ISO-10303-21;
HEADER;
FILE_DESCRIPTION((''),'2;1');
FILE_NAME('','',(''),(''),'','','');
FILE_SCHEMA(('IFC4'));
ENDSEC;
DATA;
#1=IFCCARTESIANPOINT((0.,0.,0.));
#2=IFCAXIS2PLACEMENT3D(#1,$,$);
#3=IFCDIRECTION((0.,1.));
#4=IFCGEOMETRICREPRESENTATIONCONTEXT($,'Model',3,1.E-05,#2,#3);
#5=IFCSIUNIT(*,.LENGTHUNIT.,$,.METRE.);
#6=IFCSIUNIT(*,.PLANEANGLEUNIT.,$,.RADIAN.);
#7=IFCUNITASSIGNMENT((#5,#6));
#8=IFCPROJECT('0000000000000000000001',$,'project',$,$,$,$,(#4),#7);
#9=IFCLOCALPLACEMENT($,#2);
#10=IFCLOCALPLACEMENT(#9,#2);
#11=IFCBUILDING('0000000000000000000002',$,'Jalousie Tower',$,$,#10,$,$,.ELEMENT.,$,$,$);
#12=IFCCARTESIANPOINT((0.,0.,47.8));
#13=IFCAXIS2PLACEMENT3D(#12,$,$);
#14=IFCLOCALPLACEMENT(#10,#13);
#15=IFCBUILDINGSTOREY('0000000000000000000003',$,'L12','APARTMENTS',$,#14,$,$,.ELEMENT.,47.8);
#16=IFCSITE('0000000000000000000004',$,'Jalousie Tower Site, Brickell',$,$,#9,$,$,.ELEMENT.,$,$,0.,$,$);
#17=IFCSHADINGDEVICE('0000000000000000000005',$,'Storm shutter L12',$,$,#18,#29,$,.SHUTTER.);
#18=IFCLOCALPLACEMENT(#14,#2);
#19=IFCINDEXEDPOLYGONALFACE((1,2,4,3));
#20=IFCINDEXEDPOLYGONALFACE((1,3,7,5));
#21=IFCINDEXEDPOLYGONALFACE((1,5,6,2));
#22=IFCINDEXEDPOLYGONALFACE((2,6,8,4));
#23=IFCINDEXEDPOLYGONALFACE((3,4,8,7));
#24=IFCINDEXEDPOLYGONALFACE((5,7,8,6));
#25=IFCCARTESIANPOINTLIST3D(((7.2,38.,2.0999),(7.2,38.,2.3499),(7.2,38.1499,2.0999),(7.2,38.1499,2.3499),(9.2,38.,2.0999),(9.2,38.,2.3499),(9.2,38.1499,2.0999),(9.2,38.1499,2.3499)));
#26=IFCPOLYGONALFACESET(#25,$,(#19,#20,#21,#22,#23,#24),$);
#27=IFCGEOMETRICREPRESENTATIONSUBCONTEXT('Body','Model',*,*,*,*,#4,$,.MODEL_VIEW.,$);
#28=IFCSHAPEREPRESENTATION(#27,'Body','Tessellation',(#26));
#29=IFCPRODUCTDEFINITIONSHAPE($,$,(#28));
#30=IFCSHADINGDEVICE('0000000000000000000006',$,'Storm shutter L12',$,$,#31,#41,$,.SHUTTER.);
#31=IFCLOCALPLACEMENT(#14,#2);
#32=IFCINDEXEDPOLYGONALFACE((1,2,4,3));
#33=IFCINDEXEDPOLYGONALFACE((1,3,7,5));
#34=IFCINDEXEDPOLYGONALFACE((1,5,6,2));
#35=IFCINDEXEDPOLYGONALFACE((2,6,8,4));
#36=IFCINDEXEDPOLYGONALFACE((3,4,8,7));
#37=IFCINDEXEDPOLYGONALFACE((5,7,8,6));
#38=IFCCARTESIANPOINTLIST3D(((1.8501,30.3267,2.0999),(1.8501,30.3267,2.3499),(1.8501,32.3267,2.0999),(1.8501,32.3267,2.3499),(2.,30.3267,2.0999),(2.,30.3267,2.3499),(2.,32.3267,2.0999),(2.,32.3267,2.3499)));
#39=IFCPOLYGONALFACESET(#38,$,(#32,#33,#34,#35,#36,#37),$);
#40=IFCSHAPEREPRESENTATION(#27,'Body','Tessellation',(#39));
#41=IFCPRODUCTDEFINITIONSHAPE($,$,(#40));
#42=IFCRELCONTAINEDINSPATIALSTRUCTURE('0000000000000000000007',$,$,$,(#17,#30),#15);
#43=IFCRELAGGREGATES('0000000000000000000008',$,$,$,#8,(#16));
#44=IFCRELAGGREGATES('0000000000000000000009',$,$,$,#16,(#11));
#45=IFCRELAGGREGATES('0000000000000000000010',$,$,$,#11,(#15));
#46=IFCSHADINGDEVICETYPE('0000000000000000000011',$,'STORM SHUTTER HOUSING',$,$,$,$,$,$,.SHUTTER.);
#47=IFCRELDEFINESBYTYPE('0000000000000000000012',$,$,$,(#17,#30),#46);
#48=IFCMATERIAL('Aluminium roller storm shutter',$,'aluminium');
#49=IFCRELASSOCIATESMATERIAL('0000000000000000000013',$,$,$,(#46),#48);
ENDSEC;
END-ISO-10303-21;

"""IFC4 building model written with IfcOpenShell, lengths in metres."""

from ifc_helpers import new_model, si_unit, direction, frame, origin, origin_2d, place, context, subcontext, project, spatial, rectangle, extrude, material, type_object, element, save


model = new_model("IFC4")

# Units and contexts
model_context = context("Model", 3, precision=1e-05, world=origin(), true_north=direction((0.0, 1.0)))
body_context = subcontext(model_context, "Body", "Model", "MODEL_VIEW")
ifc_project = project(units=[si_unit("LENGTHUNIT", "METRE"), si_unit("PLANEANGLEUNIT", "RADIAN")], contexts=[model_context])

# Site, building, storey
site_placement = place(None, origin())
site = spatial("IfcSite", under=ifc_project, at=site_placement, Name="Jalousie Tower Site, Brickell", CompositionType="ELEMENT", RefElevation=0.0)
building_placement = place(site_placement, origin())
building = spatial("IfcBuilding", under=site, at=building_placement, Name="Jalousie Tower", CompositionType="ELEMENT")
storey_placement = place(building_placement, frame((0.0, 0.0, 47.8)))
storey = spatial("IfcBuildingStorey", under=building, at=storey_placement, Name="L12", Description="APARTMENTS", CompositionType="ELEMENT", Elevation=47.8)

# Shading devices
ifc_material_1 = material(Name="Aluminium roller storm shutter", Category="aluminium")
shading_device_type = type_object("IfcShadingDeviceType", Name="STORM SHUTTER HOUSING", PredefinedType="SHUTTER", material=ifc_material_1)
for number, where, z_axis, x_axis, name in (
    (1, (8.2, 38.075, 2.0999), (0.0, 0.0, 1.0), (-1.0, 0.0, 0.0), "Storm shutter L12"),
    (2, (1.925, 31.3267, 2.0999), (0.0, 0.0, 1.0), (0.0, -1.0, 0.0), "Storm shutter L12"),
):
    element("IfcShadingDevice", number, at=place(storey_placement, frame(where, z_axis=z_axis, x_axis=x_axis)), inside=storey, type_object=shading_device_type, Name=name, PredefinedType="SHUTTER", context=body_context, shape_type="SweptSolid", body=[
        extrude(rectangle(XDim=2.0, YDim=0.1499, at=origin_2d()), origin(), (0.0, 0.0, 1.0), 0.25),
    ])

save(model, "model.ifc")
